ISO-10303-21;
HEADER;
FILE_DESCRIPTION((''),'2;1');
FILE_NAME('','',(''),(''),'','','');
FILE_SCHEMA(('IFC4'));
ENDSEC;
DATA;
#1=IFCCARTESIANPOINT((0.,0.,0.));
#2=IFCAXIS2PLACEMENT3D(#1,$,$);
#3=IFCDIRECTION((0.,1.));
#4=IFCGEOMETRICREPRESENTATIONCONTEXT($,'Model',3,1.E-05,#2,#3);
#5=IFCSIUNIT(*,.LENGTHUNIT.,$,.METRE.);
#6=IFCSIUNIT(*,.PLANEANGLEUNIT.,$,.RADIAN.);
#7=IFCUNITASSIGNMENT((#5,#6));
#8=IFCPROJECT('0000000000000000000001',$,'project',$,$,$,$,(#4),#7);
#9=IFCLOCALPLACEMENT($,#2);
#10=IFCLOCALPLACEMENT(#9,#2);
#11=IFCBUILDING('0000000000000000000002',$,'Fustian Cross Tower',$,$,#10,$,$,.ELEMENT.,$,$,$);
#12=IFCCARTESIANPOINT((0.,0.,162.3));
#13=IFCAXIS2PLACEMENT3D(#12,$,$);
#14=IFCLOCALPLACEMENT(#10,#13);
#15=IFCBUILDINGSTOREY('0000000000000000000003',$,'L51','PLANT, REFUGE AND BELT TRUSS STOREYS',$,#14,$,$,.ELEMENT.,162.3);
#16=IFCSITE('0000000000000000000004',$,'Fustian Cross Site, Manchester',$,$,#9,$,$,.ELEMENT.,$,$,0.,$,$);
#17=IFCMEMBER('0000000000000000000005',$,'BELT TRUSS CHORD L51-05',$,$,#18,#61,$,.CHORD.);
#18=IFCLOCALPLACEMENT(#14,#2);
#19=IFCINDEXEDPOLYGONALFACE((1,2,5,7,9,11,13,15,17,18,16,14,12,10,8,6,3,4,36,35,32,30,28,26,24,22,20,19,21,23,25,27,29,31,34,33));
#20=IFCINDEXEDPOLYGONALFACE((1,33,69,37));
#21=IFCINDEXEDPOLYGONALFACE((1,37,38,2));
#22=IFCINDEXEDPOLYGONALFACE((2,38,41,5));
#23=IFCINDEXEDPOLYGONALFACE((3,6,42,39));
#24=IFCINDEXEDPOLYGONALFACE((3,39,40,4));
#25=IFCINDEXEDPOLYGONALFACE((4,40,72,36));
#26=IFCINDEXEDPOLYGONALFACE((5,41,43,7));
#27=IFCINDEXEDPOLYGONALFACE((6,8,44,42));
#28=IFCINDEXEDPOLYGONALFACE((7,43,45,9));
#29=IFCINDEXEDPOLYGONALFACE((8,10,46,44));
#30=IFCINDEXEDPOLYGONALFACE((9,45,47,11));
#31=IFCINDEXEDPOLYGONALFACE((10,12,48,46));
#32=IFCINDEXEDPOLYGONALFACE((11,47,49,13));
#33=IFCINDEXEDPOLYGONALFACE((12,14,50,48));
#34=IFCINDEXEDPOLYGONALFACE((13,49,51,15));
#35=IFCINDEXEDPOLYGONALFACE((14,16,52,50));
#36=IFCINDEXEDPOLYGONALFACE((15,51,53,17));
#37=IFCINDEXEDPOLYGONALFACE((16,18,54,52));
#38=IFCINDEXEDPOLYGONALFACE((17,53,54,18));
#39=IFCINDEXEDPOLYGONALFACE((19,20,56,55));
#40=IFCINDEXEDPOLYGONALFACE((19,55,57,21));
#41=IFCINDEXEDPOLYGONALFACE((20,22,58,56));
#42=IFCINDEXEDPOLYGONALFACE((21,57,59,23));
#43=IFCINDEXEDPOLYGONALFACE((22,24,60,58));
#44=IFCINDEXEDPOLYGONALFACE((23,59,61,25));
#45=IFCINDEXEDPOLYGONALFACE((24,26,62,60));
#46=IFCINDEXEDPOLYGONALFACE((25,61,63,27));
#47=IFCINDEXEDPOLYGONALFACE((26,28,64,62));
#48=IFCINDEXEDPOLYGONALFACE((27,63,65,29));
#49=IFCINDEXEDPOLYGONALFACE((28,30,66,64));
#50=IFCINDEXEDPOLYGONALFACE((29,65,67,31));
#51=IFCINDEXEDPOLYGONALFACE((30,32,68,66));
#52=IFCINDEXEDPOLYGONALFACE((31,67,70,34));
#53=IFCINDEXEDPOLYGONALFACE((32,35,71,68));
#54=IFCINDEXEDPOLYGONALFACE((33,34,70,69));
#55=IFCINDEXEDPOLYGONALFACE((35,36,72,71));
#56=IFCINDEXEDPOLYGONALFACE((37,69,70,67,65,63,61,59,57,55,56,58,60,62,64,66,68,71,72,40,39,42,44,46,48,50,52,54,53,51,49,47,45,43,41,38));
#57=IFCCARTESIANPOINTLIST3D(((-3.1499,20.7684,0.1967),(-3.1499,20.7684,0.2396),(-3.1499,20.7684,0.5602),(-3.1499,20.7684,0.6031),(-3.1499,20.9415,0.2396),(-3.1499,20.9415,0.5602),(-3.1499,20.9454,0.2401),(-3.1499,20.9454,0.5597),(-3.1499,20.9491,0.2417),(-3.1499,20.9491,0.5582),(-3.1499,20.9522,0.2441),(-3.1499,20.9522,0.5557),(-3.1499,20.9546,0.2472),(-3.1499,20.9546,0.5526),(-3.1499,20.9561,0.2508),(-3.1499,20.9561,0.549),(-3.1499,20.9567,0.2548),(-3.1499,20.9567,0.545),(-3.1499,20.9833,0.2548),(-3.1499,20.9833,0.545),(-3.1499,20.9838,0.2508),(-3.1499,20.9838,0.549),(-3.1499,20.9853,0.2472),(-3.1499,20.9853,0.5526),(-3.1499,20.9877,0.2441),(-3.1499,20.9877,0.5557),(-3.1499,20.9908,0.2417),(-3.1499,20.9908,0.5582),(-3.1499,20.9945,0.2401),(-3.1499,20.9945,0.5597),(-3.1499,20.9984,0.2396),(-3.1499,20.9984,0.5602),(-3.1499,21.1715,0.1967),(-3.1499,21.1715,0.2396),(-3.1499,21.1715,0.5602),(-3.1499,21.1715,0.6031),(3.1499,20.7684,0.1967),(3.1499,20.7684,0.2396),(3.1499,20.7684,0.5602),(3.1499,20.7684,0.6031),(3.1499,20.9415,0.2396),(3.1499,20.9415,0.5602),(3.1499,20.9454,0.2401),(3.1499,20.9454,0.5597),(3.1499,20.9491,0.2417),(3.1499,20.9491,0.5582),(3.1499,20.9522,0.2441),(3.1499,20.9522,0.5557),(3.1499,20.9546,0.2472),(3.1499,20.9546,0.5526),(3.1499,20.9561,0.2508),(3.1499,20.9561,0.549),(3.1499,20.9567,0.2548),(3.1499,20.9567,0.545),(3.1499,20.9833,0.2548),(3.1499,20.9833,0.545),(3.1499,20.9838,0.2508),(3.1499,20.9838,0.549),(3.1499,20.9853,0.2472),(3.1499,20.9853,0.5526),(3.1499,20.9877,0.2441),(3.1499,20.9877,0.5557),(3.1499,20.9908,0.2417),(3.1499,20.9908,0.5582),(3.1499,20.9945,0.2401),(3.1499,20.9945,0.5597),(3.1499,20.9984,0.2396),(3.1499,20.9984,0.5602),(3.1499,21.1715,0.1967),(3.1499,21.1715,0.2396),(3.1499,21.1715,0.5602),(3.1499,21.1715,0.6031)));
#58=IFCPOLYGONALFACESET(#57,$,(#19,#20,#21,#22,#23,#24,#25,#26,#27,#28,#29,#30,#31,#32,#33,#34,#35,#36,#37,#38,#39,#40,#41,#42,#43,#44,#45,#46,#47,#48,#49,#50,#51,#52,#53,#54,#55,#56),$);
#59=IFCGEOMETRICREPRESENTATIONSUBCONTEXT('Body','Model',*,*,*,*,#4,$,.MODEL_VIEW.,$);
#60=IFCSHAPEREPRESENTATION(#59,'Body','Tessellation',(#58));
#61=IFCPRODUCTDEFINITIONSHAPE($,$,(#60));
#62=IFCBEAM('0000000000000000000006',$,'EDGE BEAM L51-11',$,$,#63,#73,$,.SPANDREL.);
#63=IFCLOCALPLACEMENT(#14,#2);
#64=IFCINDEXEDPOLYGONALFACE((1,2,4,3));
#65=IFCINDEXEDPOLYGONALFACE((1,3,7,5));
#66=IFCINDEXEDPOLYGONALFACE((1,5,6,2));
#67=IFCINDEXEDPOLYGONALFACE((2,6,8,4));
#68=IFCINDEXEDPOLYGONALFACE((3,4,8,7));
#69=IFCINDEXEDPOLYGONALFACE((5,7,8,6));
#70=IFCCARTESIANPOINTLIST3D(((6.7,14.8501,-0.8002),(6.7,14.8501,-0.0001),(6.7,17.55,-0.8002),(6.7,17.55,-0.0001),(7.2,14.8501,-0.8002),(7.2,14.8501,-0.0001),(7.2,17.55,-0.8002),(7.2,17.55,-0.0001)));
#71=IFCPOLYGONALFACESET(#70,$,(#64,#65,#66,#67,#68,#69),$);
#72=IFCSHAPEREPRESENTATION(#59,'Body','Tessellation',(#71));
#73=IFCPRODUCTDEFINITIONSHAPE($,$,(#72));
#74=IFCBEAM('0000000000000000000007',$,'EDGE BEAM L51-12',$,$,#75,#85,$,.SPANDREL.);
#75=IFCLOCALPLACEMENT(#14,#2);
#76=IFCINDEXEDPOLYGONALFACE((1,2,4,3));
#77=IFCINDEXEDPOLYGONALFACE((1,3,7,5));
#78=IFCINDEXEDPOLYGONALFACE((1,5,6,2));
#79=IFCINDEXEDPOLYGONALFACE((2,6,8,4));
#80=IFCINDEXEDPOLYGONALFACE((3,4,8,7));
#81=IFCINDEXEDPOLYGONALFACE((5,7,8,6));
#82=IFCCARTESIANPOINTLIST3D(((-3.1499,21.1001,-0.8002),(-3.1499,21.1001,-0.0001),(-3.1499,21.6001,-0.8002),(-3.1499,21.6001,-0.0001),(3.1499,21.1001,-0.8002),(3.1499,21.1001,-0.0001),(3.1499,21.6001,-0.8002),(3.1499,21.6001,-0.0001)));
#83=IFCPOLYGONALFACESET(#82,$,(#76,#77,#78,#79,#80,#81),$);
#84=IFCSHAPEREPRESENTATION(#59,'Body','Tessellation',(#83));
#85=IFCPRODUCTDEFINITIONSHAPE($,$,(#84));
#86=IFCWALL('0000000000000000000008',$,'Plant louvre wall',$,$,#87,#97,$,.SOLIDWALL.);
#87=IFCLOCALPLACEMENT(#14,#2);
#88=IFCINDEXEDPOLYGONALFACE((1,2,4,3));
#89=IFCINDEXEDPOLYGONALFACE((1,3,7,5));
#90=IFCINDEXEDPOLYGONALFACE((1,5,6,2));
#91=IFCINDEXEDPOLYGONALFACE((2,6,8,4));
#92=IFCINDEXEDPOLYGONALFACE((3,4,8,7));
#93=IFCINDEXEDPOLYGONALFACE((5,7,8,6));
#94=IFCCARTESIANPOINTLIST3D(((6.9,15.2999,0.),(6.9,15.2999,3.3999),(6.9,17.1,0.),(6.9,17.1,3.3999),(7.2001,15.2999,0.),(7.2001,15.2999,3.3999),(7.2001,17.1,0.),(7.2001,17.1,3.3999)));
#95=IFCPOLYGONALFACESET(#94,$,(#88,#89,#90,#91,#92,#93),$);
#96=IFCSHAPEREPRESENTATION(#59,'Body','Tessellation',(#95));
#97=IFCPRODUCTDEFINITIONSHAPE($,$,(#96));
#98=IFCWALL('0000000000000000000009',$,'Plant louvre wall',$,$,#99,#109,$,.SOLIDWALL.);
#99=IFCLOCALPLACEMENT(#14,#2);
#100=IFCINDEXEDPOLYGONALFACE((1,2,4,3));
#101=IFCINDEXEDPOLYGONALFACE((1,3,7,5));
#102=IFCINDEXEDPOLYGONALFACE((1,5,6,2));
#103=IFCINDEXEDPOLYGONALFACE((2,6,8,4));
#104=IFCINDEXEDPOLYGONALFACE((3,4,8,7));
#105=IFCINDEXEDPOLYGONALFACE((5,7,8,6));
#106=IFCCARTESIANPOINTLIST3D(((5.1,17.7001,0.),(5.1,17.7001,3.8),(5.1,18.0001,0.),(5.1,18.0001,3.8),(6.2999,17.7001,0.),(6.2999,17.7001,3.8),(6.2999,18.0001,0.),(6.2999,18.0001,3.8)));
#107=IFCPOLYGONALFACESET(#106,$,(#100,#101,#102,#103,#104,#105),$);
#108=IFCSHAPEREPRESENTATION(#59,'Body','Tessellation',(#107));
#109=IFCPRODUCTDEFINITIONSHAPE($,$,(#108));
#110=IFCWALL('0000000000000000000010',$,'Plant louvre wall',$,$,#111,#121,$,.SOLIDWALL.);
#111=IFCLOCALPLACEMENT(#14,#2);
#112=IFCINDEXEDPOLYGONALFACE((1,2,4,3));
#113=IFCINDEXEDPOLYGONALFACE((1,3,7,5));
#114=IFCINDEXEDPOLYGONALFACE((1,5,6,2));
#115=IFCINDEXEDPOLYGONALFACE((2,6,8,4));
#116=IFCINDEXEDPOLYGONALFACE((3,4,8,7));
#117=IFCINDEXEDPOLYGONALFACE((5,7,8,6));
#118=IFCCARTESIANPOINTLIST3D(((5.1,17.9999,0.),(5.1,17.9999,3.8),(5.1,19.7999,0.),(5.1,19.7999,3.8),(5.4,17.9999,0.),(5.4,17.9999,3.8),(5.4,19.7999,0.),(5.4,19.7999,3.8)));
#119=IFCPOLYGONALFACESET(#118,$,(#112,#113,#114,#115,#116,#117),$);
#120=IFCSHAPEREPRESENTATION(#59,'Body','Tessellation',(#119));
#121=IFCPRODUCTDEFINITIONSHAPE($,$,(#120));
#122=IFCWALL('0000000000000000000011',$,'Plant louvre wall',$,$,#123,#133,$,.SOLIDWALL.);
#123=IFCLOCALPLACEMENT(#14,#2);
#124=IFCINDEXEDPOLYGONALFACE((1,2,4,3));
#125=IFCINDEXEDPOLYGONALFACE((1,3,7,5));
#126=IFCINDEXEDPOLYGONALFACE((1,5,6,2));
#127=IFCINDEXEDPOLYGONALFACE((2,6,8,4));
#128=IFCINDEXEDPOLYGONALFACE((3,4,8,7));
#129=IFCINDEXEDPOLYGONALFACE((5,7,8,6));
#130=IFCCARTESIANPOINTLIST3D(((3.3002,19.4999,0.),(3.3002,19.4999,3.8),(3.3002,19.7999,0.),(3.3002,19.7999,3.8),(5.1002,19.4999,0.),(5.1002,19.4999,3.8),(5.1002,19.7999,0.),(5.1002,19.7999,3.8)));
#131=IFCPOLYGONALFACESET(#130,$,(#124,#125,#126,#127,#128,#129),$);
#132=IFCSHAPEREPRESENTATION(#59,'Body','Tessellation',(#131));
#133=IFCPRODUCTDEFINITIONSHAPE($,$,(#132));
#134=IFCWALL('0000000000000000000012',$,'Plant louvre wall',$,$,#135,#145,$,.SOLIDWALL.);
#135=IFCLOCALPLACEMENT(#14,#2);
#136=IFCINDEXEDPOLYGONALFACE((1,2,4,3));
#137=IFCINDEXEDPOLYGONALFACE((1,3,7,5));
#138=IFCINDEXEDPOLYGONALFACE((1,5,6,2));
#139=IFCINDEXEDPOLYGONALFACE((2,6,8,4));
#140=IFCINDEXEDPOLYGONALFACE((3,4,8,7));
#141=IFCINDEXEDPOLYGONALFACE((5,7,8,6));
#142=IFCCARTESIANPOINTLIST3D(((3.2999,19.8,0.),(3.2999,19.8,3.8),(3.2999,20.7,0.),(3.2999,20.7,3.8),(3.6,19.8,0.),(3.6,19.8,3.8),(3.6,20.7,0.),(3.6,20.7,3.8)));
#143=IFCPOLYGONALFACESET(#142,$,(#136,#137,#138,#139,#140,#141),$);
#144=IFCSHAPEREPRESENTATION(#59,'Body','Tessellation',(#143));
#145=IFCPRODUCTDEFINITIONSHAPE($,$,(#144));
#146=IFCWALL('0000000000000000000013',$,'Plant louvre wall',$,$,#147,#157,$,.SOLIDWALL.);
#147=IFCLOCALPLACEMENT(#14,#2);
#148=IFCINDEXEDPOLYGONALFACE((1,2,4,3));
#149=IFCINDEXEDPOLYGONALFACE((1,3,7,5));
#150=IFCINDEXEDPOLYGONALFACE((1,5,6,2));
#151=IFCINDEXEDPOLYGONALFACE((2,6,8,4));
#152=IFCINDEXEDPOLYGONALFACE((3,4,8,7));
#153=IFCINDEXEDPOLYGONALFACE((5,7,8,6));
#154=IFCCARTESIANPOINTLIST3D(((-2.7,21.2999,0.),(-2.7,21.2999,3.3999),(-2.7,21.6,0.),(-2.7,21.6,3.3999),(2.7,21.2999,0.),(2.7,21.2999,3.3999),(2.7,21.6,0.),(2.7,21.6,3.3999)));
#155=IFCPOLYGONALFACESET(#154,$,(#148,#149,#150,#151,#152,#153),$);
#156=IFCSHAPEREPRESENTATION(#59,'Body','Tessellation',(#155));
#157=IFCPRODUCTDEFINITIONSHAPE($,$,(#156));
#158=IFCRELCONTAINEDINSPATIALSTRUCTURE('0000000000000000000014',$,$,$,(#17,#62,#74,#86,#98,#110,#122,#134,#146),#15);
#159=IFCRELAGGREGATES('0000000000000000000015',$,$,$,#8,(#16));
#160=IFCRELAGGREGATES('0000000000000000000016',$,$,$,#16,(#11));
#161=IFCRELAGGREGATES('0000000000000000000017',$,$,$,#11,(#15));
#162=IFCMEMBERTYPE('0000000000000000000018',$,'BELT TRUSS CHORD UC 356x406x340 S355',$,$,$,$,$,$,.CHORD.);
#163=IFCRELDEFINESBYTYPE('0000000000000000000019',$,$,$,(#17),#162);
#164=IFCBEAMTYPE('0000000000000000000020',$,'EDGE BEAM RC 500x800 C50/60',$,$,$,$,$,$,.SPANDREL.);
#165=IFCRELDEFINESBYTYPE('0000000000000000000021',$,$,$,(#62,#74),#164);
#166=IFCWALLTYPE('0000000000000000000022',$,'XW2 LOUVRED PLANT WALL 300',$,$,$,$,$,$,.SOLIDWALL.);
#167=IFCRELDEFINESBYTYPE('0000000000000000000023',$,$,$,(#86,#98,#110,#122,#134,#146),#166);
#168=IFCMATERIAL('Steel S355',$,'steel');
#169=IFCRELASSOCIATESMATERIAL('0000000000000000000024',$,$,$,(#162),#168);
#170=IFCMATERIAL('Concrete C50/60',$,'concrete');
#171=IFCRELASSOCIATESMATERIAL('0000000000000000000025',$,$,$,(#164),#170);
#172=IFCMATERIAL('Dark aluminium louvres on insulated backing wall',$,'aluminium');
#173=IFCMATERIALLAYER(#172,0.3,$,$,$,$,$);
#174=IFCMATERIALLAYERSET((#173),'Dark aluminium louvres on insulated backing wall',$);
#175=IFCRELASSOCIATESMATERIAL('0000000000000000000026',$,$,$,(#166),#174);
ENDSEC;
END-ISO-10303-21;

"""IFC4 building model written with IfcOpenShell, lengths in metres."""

from ifc_helpers import new_model, si_unit, direction, frame, frame_2d, origin, origin_2d, place, context, subcontext, project, spatial, rectangle, i_section, extrude, material, layer, layer_set, material_profile, profile_set, type_object, element, save


model = new_model("IFC4")

# Units and contexts
model_context = context("Model", 3, precision=1e-05, world=origin(), true_north=direction((0.0, 1.0)))
body_context = subcontext(model_context, "Body", "Model", "MODEL_VIEW")
ifc_project = project(units=[si_unit("LENGTHUNIT", "METRE"), si_unit("PLANEANGLEUNIT", "RADIAN")], contexts=[model_context])

# Site, building, storey
site_placement = place(None, origin())
site = spatial("IfcSite", under=ifc_project, at=site_placement, Name="Fustian Cross Site, Manchester", CompositionType="ELEMENT", RefElevation=0.0)
building_placement = place(site_placement, origin())
building = spatial("IfcBuilding", under=site, at=building_placement, Name="Fustian Cross Tower", CompositionType="ELEMENT")
storey_placement = place(building_placement, frame((0.0, 0.0, 162.3)))
storey = spatial("IfcBuildingStorey", under=building, at=storey_placement, Name="L51", Description="PLANT, REFUGE AND BELT TRUSS STOREYS", CompositionType="ELEMENT", Elevation=162.3)

# Member
ifc_material_1 = material(Name="Steel S355", Category="steel")
ifc_material_profile_1 = material_profile(ifc_material_1, i_section(OverallWidth=0.4031, OverallDepth=0.4065, WebThickness=0.0266, FlangeThickness=0.043, FilletRadius=0.0151, at=origin_2d()), Name="UC 356x406x340")
ifc_profile_set_1 = profile_set([ifc_material_profile_1], Name="Steel S355")
member_type_1 = type_object("IfcMemberType", Name="BELT TRUSS CHORD UC 356x406x340 S355", PredefinedType="CHORD", material=ifc_profile_set_1)
for number, where, z_axis, x_axis, name in (
    (1, (3.1499, 20.97, 0.3999), (-1.0, 0.0, 0.0), (0.0, -1.0, 0.0), "BELT TRUSS CHORD L51-05"),
):
    element("IfcMember", number, at=place(storey_placement, frame(where, z_axis=z_axis, x_axis=x_axis)), inside=storey, type_object=member_type_1, Name=name, PredefinedType="CHORD", context=body_context, shape_type="SweptSolid", body=[
        extrude(i_section(OverallWidth=0.4031, OverallDepth=0.4065, WebThickness=0.0266, FlangeThickness=0.043, FilletRadius=0.0151, at=origin_2d()), origin(), (0.0, 0.0, 1.0), 6.2998),
    ])

# Beams
ifc_material_2 = material(Name="Concrete C50/60", Category="concrete")
ifc_material_profile_2 = material_profile(ifc_material_2, rectangle(XDim=0.5, YDim=0.8, at=origin_2d()), Name="RC 500x800")
ifc_profile_set_2 = profile_set([ifc_material_profile_2], Name="Concrete C50/60")
beam_type = type_object("IfcBeamType", Name="EDGE BEAM RC 500x800 C50/60", PredefinedType="SPANDREL", material=ifc_profile_set_2)
beam_1_placement = place(storey_placement, frame((6.95, 14.8501, -0.4001), z_axis=(0.0, 1.0, 0.0), x_axis=(-1.0, 0.0, 0.0)))
element("IfcBeam", 2, at=beam_1_placement, inside=storey, type_object=beam_type, Name="EDGE BEAM L51-11", PredefinedType="SPANDREL", context=body_context, shape_type="SweptSolid", body=[
    extrude(rectangle(XDim=0.5, YDim=0.8, at=origin_2d()), origin(), (0.0, 0.0, 1.0), 2.7),
])
beam_2_placement = place(storey_placement, frame((3.1499, 21.3501, -0.4001), z_axis=(-1.0, 0.0, 0.0), x_axis=(0.0, -1.0, 0.0)))
element("IfcBeam", 3, at=beam_2_placement, inside=storey, type_object=beam_type, Name="EDGE BEAM L51-12", PredefinedType="SPANDREL", context=body_context, shape_type="SweptSolid", body=[
    extrude(rectangle(XDim=0.5, YDim=0.8, at=origin_2d()), origin(), (0.0, 0.0, 1.0), 6.2998),
])

# Walls
ifc_material_3 = material(Name="Dark aluminium louvres on insulated backing wall", Category="aluminium")
ifc_layer = layer(ifc_material_3, 0.3)
ifc_layer_set = layer_set([ifc_layer], Name="Dark aluminium louvres on insulated backing wall")
wall_type = type_object("IfcWallType", Name="XW2 LOUVRED PLANT WALL 300", PredefinedType="SOLIDWALL", material=ifc_layer_set)
wall_1_placement = place(storey_placement, frame((7.05, 15.3, 0.0), z_axis=(0.0, 0.0, 1.0), x_axis=(0.0, 1.0, 0.0)))
element("IfcWall", 4, at=wall_1_placement, inside=storey, type_object=wall_type, Name="Plant louvre wall", PredefinedType="SOLIDWALL", context=body_context, shape_type="SweptSolid", body=[
    extrude(rectangle(XDim=1.8, YDim=0.3, at=frame_2d((0.8999, 0.0))), origin(), (0.0, 0.0, 1.0), 3.3999),
])
wall_2_placement = place(storey_placement, frame((6.3, 17.8501, 0.0), z_axis=(0.0, 0.0, 1.0), x_axis=(-1.0, 0.0, 0.0)))
element("IfcWall", 5, at=wall_2_placement, inside=storey, type_object=wall_type, Name="Plant louvre wall", PredefinedType="SOLIDWALL", context=body_context, shape_type="SweptSolid", body=[
    extrude(rectangle(XDim=1.2, YDim=0.3, at=frame_2d((0.6001, 0.0))), origin(), (0.0, 0.0, 1.0), 3.8),
])
for number, where, z_axis, x_axis, name in (
    (6, (5.25, 18.0, 0.0), (0.0, 0.0, 1.0), (0.0, 1.0, 0.0), "Plant louvre wall"),
    (7, (5.1001, 19.6499, 0.0), (0.0, 0.0, 1.0), (-1.0, 0.0, 0.0), "Plant louvre wall"),
):
    element("IfcWall", number, at=place(storey_placement, frame(where, z_axis=z_axis, x_axis=x_axis)), inside=storey, type_object=wall_type, Name=name, PredefinedType="SOLIDWALL", context=body_context, shape_type="SweptSolid", body=[
        extrude(rectangle(XDim=1.8, YDim=0.3, at=frame_2d((0.8999, 0.0))), origin(), (0.0, 0.0, 1.0), 3.8),
    ])
wall_3_placement = place(storey_placement, frame((3.45, 19.8, 0.0), z_axis=(0.0, 0.0, 1.0), x_axis=(0.0, 1.0, 0.0)))
element("IfcWall", 8, at=wall_3_placement, inside=storey, type_object=wall_type, Name="Plant louvre wall", PredefinedType="SOLIDWALL", context=body_context, shape_type="SweptSolid", body=[
    extrude(rectangle(XDim=0.8999, YDim=0.3, at=frame_2d((0.45, 0.0))), origin(), (0.0, 0.0, 1.0), 3.8),
])
wall_4_placement = place(storey_placement, frame((2.7, 21.45, 0.0), z_axis=(0.0, 0.0, 1.0), x_axis=(-1.0, 0.0, 0.0)))
element("IfcWall", 9, at=wall_4_placement, inside=storey, type_object=wall_type, Name="Plant louvre wall", PredefinedType="SOLIDWALL", context=body_context, shape_type="SweptSolid", body=[
    extrude(rectangle(XDim=5.3999, YDim=0.3, at=frame_2d((2.7, 0.0))), origin(), (0.0, 0.0, 1.0), 3.3999),
])

save(model, "model.ifc")
